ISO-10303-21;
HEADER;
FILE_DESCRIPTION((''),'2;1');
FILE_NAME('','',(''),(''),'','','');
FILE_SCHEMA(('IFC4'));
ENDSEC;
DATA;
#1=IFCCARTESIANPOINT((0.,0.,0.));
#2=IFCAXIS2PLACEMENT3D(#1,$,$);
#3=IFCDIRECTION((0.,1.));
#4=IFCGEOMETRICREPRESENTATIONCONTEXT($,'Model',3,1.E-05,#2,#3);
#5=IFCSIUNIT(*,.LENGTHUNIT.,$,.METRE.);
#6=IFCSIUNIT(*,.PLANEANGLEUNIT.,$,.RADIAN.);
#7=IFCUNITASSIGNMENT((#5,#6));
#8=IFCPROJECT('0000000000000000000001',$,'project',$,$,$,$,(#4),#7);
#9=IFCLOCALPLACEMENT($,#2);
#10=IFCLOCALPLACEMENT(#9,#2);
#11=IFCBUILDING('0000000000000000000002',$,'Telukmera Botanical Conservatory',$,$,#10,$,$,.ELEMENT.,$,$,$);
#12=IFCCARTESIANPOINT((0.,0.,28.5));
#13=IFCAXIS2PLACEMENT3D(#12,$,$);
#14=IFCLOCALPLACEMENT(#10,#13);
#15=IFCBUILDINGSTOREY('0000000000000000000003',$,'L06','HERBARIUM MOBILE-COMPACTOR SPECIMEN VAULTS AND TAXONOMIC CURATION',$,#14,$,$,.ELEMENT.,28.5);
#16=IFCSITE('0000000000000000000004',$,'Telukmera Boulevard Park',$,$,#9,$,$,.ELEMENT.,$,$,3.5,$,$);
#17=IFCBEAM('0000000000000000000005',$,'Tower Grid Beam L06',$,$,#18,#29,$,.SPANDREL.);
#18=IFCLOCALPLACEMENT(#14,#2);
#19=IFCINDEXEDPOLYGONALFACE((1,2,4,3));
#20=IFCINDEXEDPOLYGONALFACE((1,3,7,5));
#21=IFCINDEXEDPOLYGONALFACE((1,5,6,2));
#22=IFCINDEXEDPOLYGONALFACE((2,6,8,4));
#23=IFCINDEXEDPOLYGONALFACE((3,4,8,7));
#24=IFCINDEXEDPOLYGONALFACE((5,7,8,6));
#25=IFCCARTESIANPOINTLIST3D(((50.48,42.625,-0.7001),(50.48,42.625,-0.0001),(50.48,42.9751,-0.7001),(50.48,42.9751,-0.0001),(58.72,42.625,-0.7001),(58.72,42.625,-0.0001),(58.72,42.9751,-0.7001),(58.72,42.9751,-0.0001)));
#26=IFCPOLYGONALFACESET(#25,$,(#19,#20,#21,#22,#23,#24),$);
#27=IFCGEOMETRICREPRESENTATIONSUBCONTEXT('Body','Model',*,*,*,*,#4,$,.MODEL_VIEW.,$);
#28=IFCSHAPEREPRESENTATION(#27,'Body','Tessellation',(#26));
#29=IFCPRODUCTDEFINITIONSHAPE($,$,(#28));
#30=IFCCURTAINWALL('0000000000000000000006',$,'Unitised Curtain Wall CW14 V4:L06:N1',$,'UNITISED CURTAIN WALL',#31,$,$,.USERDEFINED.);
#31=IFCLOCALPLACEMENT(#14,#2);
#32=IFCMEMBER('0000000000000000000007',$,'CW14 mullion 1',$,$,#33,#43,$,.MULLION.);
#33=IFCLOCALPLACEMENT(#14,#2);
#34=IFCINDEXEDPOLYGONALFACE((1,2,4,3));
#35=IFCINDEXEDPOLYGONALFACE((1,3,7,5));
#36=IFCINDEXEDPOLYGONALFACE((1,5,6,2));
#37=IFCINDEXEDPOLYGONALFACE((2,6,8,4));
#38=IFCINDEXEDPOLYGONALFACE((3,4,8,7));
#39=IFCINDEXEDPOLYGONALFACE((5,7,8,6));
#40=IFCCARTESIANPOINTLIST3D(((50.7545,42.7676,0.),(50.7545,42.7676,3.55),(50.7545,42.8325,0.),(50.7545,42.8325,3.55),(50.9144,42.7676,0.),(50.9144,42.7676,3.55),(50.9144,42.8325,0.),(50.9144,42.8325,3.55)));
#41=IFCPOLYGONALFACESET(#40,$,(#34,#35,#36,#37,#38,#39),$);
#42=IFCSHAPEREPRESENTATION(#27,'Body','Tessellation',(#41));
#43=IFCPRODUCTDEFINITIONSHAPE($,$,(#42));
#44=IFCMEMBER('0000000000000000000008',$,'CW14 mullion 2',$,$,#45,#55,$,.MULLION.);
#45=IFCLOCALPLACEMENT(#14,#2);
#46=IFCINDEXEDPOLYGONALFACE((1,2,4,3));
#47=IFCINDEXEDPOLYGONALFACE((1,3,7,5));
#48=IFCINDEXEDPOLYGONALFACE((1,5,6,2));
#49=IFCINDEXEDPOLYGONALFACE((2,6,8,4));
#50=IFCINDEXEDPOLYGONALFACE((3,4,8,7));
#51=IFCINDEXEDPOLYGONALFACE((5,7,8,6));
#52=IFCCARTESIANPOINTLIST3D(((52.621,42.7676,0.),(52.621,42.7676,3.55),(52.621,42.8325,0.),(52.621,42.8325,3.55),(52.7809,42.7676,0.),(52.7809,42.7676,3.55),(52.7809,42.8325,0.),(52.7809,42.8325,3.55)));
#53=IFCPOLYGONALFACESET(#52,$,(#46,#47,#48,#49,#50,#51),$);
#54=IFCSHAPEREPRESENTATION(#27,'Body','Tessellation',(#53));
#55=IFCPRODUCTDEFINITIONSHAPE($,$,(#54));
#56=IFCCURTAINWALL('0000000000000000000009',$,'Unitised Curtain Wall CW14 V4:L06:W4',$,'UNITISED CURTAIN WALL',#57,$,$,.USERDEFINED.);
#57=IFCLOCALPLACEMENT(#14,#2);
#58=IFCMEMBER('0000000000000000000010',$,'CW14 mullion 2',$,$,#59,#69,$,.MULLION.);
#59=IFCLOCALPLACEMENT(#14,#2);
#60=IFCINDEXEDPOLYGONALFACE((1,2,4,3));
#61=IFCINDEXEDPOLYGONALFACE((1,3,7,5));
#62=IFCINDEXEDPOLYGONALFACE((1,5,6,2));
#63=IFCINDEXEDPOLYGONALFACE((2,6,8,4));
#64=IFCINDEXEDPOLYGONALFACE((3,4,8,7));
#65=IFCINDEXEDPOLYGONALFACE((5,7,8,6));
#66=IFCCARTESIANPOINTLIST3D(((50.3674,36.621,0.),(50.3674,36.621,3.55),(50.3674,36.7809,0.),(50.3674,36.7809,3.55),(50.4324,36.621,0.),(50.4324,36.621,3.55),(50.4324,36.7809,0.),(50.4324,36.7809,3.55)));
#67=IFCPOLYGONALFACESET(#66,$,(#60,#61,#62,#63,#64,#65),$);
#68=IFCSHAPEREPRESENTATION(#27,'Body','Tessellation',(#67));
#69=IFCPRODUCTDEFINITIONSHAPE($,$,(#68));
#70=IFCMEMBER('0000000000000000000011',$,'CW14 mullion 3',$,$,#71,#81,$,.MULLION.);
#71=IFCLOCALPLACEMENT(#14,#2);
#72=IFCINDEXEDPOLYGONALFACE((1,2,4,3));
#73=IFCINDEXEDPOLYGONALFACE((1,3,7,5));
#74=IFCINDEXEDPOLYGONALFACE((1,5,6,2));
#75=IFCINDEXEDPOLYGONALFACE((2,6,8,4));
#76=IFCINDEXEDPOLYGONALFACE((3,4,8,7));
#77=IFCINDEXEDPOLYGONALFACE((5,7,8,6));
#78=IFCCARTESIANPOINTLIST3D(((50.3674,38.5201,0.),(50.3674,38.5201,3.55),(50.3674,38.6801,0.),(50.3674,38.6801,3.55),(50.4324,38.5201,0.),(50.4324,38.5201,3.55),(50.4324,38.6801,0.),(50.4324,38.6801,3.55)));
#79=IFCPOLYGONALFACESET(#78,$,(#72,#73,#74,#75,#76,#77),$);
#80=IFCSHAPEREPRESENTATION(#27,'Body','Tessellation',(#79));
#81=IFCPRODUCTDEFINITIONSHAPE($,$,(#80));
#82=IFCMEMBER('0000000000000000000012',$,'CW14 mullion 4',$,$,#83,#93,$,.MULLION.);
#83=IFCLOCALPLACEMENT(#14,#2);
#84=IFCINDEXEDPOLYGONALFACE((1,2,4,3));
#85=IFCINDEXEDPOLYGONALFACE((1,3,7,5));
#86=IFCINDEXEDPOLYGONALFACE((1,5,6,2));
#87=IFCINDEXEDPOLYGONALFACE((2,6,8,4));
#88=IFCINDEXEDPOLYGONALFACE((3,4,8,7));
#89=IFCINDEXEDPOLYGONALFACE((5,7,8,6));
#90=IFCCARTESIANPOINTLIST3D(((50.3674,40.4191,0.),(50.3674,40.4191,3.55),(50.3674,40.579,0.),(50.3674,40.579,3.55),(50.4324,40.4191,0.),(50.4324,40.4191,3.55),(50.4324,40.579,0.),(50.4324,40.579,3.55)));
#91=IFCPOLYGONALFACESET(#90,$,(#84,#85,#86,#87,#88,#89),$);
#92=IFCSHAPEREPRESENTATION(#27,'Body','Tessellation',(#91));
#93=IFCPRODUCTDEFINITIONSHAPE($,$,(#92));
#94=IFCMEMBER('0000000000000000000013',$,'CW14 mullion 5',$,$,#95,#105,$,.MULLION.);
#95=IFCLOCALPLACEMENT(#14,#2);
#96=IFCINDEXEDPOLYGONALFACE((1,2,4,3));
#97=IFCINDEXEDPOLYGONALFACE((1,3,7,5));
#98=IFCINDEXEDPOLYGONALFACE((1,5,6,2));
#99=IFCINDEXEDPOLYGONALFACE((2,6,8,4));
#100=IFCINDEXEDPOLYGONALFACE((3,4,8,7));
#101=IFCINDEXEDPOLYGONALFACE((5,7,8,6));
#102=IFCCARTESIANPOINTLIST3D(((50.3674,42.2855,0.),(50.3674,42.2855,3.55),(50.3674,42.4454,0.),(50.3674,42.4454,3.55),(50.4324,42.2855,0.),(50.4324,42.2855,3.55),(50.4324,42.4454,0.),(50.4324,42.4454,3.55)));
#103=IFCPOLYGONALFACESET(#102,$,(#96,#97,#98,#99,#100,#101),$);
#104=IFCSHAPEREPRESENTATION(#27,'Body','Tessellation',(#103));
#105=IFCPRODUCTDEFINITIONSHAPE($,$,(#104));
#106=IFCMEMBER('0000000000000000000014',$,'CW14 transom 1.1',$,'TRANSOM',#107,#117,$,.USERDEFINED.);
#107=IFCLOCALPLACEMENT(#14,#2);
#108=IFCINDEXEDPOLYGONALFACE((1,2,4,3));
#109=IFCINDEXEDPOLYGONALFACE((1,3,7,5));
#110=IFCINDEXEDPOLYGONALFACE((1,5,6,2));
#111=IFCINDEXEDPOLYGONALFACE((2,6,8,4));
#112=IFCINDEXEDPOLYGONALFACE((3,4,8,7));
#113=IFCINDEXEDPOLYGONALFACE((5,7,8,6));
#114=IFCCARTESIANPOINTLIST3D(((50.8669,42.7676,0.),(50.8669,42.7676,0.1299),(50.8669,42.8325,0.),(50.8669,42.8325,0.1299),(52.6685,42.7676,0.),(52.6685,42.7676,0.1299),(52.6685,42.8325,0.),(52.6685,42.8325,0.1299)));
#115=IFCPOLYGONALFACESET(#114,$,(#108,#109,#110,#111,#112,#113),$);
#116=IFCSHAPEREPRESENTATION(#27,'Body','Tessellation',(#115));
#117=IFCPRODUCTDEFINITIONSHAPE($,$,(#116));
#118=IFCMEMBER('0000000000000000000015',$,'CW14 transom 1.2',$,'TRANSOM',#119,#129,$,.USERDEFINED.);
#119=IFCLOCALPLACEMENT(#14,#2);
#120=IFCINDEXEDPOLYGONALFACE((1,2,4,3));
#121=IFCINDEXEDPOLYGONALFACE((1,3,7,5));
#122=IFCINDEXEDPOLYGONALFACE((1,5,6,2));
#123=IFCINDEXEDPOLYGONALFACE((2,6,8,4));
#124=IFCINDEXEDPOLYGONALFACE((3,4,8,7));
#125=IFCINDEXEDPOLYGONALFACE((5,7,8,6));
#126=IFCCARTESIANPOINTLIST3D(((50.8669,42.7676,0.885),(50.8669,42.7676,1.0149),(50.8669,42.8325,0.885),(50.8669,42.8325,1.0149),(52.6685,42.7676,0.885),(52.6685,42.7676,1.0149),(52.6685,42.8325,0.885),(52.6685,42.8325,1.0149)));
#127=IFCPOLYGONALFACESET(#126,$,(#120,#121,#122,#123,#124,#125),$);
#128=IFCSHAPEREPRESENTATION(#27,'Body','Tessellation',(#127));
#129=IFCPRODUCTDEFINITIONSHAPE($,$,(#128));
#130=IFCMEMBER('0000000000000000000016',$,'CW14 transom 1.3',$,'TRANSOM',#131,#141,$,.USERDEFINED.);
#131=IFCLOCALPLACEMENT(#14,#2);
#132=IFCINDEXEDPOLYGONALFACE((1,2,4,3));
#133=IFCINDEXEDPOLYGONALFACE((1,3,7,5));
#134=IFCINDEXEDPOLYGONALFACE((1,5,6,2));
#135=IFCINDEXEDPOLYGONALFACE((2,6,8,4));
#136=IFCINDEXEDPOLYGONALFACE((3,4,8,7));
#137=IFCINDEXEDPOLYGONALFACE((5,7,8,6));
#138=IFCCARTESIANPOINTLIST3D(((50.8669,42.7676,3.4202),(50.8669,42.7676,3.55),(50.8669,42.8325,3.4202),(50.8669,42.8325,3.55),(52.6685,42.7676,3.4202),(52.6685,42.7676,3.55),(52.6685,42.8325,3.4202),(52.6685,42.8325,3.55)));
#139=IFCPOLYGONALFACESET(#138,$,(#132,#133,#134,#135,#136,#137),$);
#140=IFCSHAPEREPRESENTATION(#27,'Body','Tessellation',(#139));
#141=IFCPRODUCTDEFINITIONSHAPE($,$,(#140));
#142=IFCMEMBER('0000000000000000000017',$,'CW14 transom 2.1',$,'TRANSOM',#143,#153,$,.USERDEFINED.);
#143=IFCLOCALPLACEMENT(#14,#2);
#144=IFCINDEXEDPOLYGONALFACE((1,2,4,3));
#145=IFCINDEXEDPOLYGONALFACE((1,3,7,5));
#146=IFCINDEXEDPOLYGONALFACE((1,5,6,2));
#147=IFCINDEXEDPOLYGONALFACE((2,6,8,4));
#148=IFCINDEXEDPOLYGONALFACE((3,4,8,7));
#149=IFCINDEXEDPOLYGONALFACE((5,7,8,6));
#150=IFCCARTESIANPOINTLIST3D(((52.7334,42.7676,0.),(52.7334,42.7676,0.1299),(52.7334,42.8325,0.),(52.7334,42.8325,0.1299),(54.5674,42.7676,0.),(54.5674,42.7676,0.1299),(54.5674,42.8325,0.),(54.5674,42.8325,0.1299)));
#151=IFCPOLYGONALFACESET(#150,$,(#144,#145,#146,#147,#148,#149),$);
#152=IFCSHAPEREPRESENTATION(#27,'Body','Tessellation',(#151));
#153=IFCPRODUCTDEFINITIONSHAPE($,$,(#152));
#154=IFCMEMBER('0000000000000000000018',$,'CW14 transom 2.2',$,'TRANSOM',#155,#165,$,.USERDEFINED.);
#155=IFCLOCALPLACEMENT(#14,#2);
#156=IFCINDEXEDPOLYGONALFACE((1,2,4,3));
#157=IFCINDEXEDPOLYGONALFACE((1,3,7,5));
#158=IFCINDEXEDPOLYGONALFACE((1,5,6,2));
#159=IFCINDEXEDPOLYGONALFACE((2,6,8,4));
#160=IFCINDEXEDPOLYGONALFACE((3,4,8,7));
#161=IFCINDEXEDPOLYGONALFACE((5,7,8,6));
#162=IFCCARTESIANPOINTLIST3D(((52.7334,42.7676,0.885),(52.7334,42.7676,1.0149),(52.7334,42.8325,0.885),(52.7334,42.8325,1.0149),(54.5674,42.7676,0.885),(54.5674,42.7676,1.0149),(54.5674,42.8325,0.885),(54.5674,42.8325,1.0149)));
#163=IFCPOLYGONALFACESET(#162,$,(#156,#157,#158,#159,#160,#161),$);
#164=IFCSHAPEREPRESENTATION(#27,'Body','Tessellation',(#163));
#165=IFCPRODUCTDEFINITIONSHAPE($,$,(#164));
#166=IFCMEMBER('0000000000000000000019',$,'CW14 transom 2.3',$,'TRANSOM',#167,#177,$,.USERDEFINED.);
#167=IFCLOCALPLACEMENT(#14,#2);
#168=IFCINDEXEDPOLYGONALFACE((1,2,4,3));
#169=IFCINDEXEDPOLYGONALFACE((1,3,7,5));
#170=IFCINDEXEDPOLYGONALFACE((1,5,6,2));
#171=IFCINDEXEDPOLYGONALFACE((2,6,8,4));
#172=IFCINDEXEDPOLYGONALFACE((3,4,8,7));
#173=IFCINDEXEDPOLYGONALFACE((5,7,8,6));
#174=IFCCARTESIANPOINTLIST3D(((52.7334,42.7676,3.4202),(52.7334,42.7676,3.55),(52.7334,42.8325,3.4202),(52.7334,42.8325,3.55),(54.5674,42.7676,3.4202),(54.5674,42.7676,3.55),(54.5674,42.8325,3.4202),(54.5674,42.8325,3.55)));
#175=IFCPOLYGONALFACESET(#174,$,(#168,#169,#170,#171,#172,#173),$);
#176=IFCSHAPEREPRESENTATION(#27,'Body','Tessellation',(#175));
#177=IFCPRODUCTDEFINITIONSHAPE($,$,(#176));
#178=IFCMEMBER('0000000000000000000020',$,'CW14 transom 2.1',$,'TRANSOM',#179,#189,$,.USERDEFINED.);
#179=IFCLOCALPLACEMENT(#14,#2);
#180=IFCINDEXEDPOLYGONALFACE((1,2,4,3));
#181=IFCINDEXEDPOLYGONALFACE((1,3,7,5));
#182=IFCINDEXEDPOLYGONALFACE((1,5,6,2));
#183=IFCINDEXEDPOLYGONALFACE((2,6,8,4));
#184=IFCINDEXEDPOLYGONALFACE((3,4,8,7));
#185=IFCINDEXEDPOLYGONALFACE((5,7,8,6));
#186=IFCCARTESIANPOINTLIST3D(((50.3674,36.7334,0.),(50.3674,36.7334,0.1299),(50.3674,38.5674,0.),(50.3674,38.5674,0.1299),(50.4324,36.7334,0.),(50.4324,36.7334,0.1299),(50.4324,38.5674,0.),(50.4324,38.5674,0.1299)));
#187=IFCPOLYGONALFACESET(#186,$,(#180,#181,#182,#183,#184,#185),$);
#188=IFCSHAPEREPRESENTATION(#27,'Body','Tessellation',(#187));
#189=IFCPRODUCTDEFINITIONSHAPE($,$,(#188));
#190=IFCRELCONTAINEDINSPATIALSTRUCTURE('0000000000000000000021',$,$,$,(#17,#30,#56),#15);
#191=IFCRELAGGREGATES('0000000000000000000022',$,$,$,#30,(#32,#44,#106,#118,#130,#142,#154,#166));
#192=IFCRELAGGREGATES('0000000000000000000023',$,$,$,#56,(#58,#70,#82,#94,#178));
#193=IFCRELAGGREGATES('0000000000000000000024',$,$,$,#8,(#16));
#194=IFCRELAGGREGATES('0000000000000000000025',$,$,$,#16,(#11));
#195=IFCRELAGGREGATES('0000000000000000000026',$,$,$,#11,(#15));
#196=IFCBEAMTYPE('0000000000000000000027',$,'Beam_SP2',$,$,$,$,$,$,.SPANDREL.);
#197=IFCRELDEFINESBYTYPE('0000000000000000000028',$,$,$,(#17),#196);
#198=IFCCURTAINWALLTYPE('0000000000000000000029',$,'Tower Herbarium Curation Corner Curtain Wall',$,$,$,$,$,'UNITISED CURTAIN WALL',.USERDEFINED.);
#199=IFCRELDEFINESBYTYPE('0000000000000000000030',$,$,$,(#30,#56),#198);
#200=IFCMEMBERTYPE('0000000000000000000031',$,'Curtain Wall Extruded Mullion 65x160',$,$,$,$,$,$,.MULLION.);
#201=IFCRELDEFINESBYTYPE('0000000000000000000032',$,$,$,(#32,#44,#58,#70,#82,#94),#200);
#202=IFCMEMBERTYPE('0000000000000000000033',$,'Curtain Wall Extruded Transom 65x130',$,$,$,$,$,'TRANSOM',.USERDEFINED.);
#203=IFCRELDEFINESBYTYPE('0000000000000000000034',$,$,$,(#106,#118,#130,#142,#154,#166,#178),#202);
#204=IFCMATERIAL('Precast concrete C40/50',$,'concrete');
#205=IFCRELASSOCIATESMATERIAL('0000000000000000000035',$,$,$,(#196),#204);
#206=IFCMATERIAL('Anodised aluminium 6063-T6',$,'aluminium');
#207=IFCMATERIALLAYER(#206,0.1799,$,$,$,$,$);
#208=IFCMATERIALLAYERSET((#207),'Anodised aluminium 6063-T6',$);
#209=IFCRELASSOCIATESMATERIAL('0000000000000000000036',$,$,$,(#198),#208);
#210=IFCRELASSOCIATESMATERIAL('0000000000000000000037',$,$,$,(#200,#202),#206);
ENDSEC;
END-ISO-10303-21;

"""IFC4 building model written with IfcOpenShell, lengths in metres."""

from ifc_helpers import new_model, si_unit, direction, frame, origin, origin_2d, place, context, subcontext, project, spatial, rectangle, extrude, material, layer, layer_set, material_profile, profile_set, type_object, element, aggregate, save


model = new_model("IFC4")

# Units and contexts
model_context = context("Model", 3, precision=1e-05, world=origin(), true_north=direction((0.0, 1.0)))
body_context = subcontext(model_context, "Body", "Model", "MODEL_VIEW")
ifc_project = project(units=[si_unit("LENGTHUNIT", "METRE"), si_unit("PLANEANGLEUNIT", "RADIAN")], contexts=[model_context])

# Site, building, storey
site_placement = place(None, origin())
site = spatial("IfcSite", under=ifc_project, at=site_placement, Name="Telukmera Boulevard Park", CompositionType="ELEMENT", RefElevation=3.5)
building_placement = place(site_placement, origin())
building = spatial("IfcBuilding", under=site, at=building_placement, Name="Telukmera Botanical Conservatory", CompositionType="ELEMENT")
storey_placement = place(building_placement, frame((0.0, 0.0, 28.5)))
storey = spatial("IfcBuildingStorey", under=building, at=storey_placement, Name="L06", Description="HERBARIUM MOBILE-COMPACTOR SPECIMEN VAULTS AND TAXONOMIC CURATION", CompositionType="ELEMENT", Elevation=28.5)

# Beam
ifc_material_1 = material(Name="Precast concrete C40/50", Category="concrete")
ifc_material_profile_1 = material_profile(ifc_material_1, rectangle(XDim=0.3501, YDim=0.7, at=origin_2d()), Name="PC 350x700")
ifc_profile_set_1 = profile_set([ifc_material_profile_1], Name="Precast concrete C40/50")
beam_type = type_object("IfcBeamType", Name="Beam_SP2", PredefinedType="SPANDREL", material=ifc_profile_set_1)
beam_placement = place(storey_placement, frame((50.48, 42.8, -0.3501), z_axis=(1.0, 0.0, 0.0), x_axis=(0.0, 1.0, 0.0)))
element("IfcBeam", 1, at=beam_placement, inside=storey, type_object=beam_type, Name="Tower Grid Beam L06", PredefinedType="SPANDREL", context=body_context, shape_type="SweptSolid", body=[
    extrude(rectangle(XDim=0.3501, YDim=0.7, at=origin_2d()), origin(), (0.0, 0.0, 1.0), 8.24),
])

# Curtain walls, members
ifc_material_2 = material(Name="Anodised aluminium 6063-T6", Category="aluminium")
ifc_layer_1 = layer(ifc_material_2, 0.1799)
ifc_layer_set_1 = layer_set([ifc_layer_1], Name="Anodised aluminium 6063-T6")
curtain_wall_type = type_object("IfcCurtainWallType", Name="Tower Herbarium Curation Corner Curtain Wall", ElementType="UNITISED CURTAIN WALL", PredefinedType="USERDEFINED", material=ifc_layer_set_1)
curtain_wall_1_placement = place(storey_placement, origin())
curtain_wall_1 = element("IfcCurtainWall", 2, at=curtain_wall_1_placement, inside=storey, type_object=curtain_wall_type, Name="Unitised Curtain Wall CW14 V4:L06:N1", ObjectType="UNITISED CURTAIN WALL", PredefinedType="USERDEFINED")
ifc_material_profile_2 = material_profile(ifc_material_2, rectangle(XDim=0.0649, YDim=0.1599, at=origin_2d()), Name="ALU MULL 65x160")
ifc_profile_set_2 = profile_set([ifc_material_profile_2], Name="Anodised aluminium 6063-T6")
member_type_1 = type_object("IfcMemberType", Name="Curtain Wall Extruded Mullion 65x160", PredefinedType="MULLION", material=ifc_profile_set_2)
member_1_placement = place(storey_placement, frame((50.8345, 42.8, 0.0), z_axis=(0.0, 0.0, 1.0), x_axis=(0.0, 1.0, 0.0)))
member_1 = element("IfcMember", 3, at=member_1_placement, type_object=member_type_1, Name="CW14 mullion 1", PredefinedType="MULLION", context=body_context, shape_type="SweptSolid", body=[
    extrude(rectangle(XDim=0.0649, YDim=0.1599, at=origin_2d()), origin(), (0.0, 0.0, 1.0), 3.55),
])
member_2_placement = place(storey_placement, frame((52.7009, 42.8, 0.0), z_axis=(0.0, 0.0, 1.0), x_axis=(0.0, 1.0, 0.0)))
member_2 = element("IfcMember", 4, at=member_2_placement, type_object=member_type_1, Name="CW14 mullion 2", PredefinedType="MULLION", context=body_context, shape_type="SweptSolid", body=[
    extrude(rectangle(XDim=0.0649, YDim=0.1599, at=origin_2d()), origin(), (0.0, 0.0, 1.0), 3.55),
])
curtain_wall_2_placement = place(storey_placement, origin())
curtain_wall_2 = element("IfcCurtainWall", 5, at=curtain_wall_2_placement, inside=storey, type_object=curtain_wall_type, Name="Unitised Curtain Wall CW14 V4:L06:W4", ObjectType="UNITISED CURTAIN WALL", PredefinedType="USERDEFINED")
member_3_placement = place(storey_placement, frame((50.3999, 36.7009, 0.0), z_axis=(0.0, 0.0, 1.0), x_axis=(-1.0, 0.0, 0.0)))
member_3 = element("IfcMember", 6, at=member_3_placement, type_object=member_type_1, Name="CW14 mullion 2", PredefinedType="MULLION", context=body_context, shape_type="SweptSolid", body=[
    extrude(rectangle(XDim=0.0649, YDim=0.1599, at=origin_2d()), origin(), (0.0, 0.0, 1.0), 3.55),
])
member_4_placement = place(storey_placement, frame((50.3999, 38.6001, 0.0), z_axis=(0.0, 0.0, 1.0), x_axis=(-1.0, 0.0, 0.0)))
member_4 = element("IfcMember", 7, at=member_4_placement, type_object=member_type_1, Name="CW14 mullion 3", PredefinedType="MULLION", context=body_context, shape_type="SweptSolid", body=[
    extrude(rectangle(XDim=0.0649, YDim=0.1599, at=origin_2d()), origin(), (0.0, 0.0, 1.0), 3.55),
])
member_5_placement = place(storey_placement, frame((50.3999, 40.499, 0.0), z_axis=(0.0, 0.0, 1.0), x_axis=(-1.0, 0.0, 0.0)))
member_5 = element("IfcMember", 8, at=member_5_placement, type_object=member_type_1, Name="CW14 mullion 4", PredefinedType="MULLION", context=body_context, shape_type="SweptSolid", body=[
    extrude(rectangle(XDim=0.0649, YDim=0.1599, at=origin_2d()), origin(), (0.0, 0.0, 1.0), 3.55),
])
member_6_placement = place(storey_placement, frame((50.3999, 42.3655, 0.0), z_axis=(0.0, 0.0, 1.0), x_axis=(-1.0, 0.0, 0.0)))
member_6 = element("IfcMember", 9, at=member_6_placement, type_object=member_type_1, Name="CW14 mullion 5", PredefinedType="MULLION", context=body_context, shape_type="SweptSolid", body=[
    extrude(rectangle(XDim=0.0649, YDim=0.1599, at=origin_2d()), origin(), (0.0, 0.0, 1.0), 3.55),
])

# Members
ifc_material_profile_3 = material_profile(ifc_material_2, rectangle(XDim=0.0649, YDim=0.1299, at=origin_2d()), Name="ALU TRAN 65x130")
ifc_profile_set_3 = profile_set([ifc_material_profile_3], Name="Anodised aluminium 6063-T6")
member_type_2 = type_object("IfcMemberType", Name="Curtain Wall Extruded Transom 65x130", ElementType="TRANSOM", PredefinedType="USERDEFINED", material=ifc_profile_set_3)
member_7_placement = place(storey_placement, frame((50.8669, 42.8, 0.0649), z_axis=(1.0, 0.0, 0.0), x_axis=(0.0, 1.0, 0.0)))
member_7 = element("IfcMember", 10, at=member_7_placement, type_object=member_type_2, Name="CW14 transom 1.1", ObjectType="TRANSOM", PredefinedType="USERDEFINED", context=body_context, shape_type="SweptSolid", body=[
    extrude(rectangle(XDim=0.0649, YDim=0.1299, at=origin_2d()), origin(), (0.0, 0.0, 1.0), 1.8015),
])
member_8_placement = place(storey_placement, frame((50.8669, 42.8, 0.95), z_axis=(1.0, 0.0, 0.0), x_axis=(0.0, 1.0, 0.0)))
member_8 = element("IfcMember", 11, at=member_8_placement, type_object=member_type_2, Name="CW14 transom 1.2", ObjectType="TRANSOM", PredefinedType="USERDEFINED", context=body_context, shape_type="SweptSolid", body=[
    extrude(rectangle(XDim=0.0649, YDim=0.1299, at=origin_2d()), origin(), (0.0, 0.0, 1.0), 1.8015),
])
member_9_placement = place(storey_placement, frame((50.8669, 42.8, 3.4851), z_axis=(1.0, 0.0, 0.0), x_axis=(0.0, 1.0, 0.0)))
member_9 = element("IfcMember", 12, at=member_9_placement, type_object=member_type_2, Name="CW14 transom 1.3", ObjectType="TRANSOM", PredefinedType="USERDEFINED", context=body_context, shape_type="SweptSolid", body=[
    extrude(rectangle(XDim=0.0649, YDim=0.1299, at=origin_2d()), origin(), (0.0, 0.0, 1.0), 1.8015),
])
member_10_placement = place(storey_placement, frame((52.7334, 42.8, 0.0649), z_axis=(1.0, 0.0, 0.0), x_axis=(0.0, 1.0, 0.0)))
member_10 = element("IfcMember", 13, at=member_10_placement, type_object=member_type_2, Name="CW14 transom 2.1", ObjectType="TRANSOM", PredefinedType="USERDEFINED", context=body_context, shape_type="SweptSolid", body=[
    extrude(rectangle(XDim=0.0649, YDim=0.1299, at=origin_2d()), origin(), (0.0, 0.0, 1.0), 1.834),
])
member_11_placement = place(storey_placement, frame((52.7334, 42.8, 0.95), z_axis=(1.0, 0.0, 0.0), x_axis=(0.0, 1.0, 0.0)))
member_11 = element("IfcMember", 14, at=member_11_placement, type_object=member_type_2, Name="CW14 transom 2.2", ObjectType="TRANSOM", PredefinedType="USERDEFINED", context=body_context, shape_type="SweptSolid", body=[
    extrude(rectangle(XDim=0.0649, YDim=0.1299, at=origin_2d()), origin(), (0.0, 0.0, 1.0), 1.834),
])
member_12_placement = place(storey_placement, frame((52.7334, 42.8, 3.4851), z_axis=(1.0, 0.0, 0.0), x_axis=(0.0, 1.0, 0.0)))
member_12 = element("IfcMember", 15, at=member_12_placement, type_object=member_type_2, Name="CW14 transom 2.3", ObjectType="TRANSOM", PredefinedType="USERDEFINED", context=body_context, shape_type="SweptSolid", body=[
    extrude(rectangle(XDim=0.0649, YDim=0.1299, at=origin_2d()), origin(), (0.0, 0.0, 1.0), 1.834),
])
member_13_placement = place(storey_placement, frame((50.3999, 36.7334, 0.0649), z_axis=(0.0, 1.0, 0.0), x_axis=(-1.0, 0.0, 0.0)))
member_13 = element("IfcMember", 16, at=member_13_placement, type_object=member_type_2, Name="CW14 transom 2.1", ObjectType="TRANSOM", PredefinedType="USERDEFINED", context=body_context, shape_type="SweptSolid", body=[
    extrude(rectangle(XDim=0.0649, YDim=0.1299, at=origin_2d()), origin(), (0.0, 0.0, 1.0), 1.834),
])

aggregate(curtain_wall_1, [member_1, member_2, member_7, member_8, member_9, member_10, member_11, member_12])
aggregate(curtain_wall_2, [member_3, member_4, member_5, member_6, member_13])

save(model, "model.ifc")
